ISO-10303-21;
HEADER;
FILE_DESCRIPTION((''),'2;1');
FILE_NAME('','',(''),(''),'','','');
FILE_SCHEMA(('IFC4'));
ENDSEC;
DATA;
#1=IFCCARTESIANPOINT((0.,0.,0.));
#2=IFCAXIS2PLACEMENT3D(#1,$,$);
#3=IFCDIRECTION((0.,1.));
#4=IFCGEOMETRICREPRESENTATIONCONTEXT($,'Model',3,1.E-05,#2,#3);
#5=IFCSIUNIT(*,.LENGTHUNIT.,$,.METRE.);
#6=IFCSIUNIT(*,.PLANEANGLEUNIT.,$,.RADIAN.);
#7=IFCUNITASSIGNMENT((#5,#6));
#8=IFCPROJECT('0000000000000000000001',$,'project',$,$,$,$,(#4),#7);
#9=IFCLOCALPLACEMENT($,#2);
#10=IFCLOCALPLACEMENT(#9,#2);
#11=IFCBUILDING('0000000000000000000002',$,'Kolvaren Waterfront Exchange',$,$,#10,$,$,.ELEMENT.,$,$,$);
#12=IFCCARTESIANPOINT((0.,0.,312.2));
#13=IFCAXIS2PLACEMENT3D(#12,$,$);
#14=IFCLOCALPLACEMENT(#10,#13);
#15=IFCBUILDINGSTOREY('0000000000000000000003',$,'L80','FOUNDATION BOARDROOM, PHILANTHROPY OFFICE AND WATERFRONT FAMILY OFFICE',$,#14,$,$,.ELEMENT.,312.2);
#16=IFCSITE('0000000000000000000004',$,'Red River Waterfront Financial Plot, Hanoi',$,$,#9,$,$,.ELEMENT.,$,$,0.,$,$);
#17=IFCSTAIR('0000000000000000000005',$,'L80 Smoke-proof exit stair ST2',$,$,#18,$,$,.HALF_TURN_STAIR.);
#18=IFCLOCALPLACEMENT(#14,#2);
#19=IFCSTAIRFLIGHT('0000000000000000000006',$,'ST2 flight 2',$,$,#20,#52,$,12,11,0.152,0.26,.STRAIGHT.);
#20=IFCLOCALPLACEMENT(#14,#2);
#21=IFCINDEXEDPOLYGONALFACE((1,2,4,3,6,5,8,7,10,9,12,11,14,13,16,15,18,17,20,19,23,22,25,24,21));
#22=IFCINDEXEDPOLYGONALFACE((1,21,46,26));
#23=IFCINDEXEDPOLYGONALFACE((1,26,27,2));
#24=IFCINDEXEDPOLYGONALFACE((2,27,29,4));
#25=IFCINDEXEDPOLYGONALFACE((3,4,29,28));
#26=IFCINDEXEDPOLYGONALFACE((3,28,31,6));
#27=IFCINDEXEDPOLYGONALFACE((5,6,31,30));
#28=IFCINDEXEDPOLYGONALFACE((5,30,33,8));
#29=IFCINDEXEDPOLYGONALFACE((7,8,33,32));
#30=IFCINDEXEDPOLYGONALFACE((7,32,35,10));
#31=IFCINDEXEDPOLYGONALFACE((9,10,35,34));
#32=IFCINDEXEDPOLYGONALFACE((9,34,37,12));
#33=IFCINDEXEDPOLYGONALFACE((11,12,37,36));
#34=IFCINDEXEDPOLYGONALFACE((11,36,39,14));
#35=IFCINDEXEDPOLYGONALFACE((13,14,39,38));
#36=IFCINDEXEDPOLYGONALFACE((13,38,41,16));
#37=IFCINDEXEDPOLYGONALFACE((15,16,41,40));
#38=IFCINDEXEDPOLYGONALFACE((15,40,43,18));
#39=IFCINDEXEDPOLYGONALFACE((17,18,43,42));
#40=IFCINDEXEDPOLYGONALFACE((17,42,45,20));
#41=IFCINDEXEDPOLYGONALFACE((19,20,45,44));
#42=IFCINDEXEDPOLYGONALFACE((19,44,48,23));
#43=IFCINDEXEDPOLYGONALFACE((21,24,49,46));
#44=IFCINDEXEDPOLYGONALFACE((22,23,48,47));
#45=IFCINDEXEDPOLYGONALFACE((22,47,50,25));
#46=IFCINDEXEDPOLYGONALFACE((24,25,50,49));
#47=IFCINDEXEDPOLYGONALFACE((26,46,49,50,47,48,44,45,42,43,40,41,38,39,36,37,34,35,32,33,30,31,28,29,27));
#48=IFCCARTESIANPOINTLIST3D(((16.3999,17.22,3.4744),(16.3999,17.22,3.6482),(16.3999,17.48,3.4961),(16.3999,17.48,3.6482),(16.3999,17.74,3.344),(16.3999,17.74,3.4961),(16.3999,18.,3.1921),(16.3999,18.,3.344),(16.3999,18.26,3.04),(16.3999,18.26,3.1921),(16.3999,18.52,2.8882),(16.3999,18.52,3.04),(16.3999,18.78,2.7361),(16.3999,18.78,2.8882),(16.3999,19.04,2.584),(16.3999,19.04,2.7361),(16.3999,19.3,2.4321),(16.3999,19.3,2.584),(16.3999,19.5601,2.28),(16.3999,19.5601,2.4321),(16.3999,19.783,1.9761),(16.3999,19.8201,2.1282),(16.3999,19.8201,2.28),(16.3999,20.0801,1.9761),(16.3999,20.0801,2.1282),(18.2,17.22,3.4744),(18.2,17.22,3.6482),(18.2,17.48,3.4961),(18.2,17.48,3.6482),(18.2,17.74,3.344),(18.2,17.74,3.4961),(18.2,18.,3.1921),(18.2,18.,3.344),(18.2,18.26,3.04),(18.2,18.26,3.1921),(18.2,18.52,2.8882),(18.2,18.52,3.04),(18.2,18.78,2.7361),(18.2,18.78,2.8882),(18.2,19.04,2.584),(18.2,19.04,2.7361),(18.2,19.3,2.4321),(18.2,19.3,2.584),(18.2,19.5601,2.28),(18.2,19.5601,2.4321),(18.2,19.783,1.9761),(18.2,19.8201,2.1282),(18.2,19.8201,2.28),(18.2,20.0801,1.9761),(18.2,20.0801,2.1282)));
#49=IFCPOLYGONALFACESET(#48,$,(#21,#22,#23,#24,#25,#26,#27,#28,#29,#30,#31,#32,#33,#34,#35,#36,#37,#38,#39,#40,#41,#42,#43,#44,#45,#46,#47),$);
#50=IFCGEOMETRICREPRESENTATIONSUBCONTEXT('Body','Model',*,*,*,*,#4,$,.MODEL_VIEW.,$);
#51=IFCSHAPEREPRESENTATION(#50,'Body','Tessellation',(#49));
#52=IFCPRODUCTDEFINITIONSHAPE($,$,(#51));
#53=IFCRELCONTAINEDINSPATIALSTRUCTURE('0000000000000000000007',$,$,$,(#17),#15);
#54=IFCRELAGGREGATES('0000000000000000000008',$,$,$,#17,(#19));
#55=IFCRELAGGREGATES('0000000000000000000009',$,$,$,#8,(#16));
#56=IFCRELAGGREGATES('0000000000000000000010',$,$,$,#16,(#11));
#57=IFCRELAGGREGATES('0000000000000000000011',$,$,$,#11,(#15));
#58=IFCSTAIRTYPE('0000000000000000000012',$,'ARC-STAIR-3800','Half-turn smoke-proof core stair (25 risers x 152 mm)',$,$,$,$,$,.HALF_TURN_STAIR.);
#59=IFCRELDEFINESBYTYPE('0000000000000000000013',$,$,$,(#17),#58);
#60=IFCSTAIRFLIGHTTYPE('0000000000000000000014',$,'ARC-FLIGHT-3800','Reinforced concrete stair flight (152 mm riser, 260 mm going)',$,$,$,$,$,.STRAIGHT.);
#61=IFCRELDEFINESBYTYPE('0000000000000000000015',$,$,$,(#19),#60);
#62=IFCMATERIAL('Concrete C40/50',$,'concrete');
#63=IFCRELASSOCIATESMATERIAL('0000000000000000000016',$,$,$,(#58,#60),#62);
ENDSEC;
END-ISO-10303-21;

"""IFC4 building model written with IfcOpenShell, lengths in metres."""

from ifc_helpers import new_model, si_unit, direction, frame, origin, place, context, subcontext, project, spatial, polyline, outline, extrude, material, type_object, element, aggregate, save


model = new_model("IFC4")

# Units and contexts
model_context = context("Model", 3, precision=1e-05, world=origin(), true_north=direction((0.0, 1.0)))
body_context = subcontext(model_context, "Body", "Model", "MODEL_VIEW")
ifc_project = project(units=[si_unit("LENGTHUNIT", "METRE"), si_unit("PLANEANGLEUNIT", "RADIAN")], contexts=[model_context])

# Site, building, storey
site_placement = place(None, origin())
site = spatial("IfcSite", under=ifc_project, at=site_placement, Name="Red River Waterfront Financial Plot, Hanoi", CompositionType="ELEMENT", RefElevation=0.0)
building_placement = place(site_placement, origin())
building = spatial("IfcBuilding", under=site, at=building_placement, Name="Kolvaren Waterfront Exchange", CompositionType="ELEMENT")
storey_placement = place(building_placement, frame((0.0, 0.0, 312.2)))
storey = spatial("IfcBuildingStorey", under=building, at=storey_placement, Name="L80", Description="FOUNDATION BOARDROOM, PHILANTHROPY OFFICE AND WATERFRONT FAMILY OFFICE", CompositionType="ELEMENT", Elevation=312.2)

# Stair, stair flight
ifc_material_1 = material(Name="Concrete C40/50", Category="concrete")
stair_type = type_object("IfcStairType", Name="ARC-STAIR-3800", Description="Half-turn smoke-proof core stair (25 risers x 152 mm)", PredefinedType="HALF_TURN_STAIR", material=ifc_material_1)
stair_placement = place(storey_placement, origin())
stair = element("IfcStair", 1, at=stair_placement, inside=storey, type_object=stair_type, Name="L80 Smoke-proof exit stair ST2", PredefinedType="HALF_TURN_STAIR")
stair_flight_type = type_object("IfcStairFlightType", Name="ARC-FLIGHT-3800", Description="Reinforced concrete stair flight (152 mm riser, 260 mm going)", PredefinedType="STRAIGHT", material=ifc_material_1)
stair_flight_placement = place(storey_placement, frame((17.3, 20.0801, 1.9761), z_axis=(0.0, 0.0, 1.0), x_axis=(0.0, -1.0, 0.0)))
stair_flight = element("IfcStairFlight", 2, at=stair_flight_placement, type_object=stair_flight_type, Name="ST2 flight 2", NumberOfRisers=12, NumberOfTreads=11, PredefinedType="STRAIGHT", RiserHeight=0.152, TreadLength=0.26, context=body_context, shape_type="SweptSolid", body=[
    extrude(outline(polyline([(0.0, 0.0), (0.0, 0.1521), (0.26, 0.1521), (0.26, 0.304), (0.52, 0.304), (0.52, 0.4561), (0.78, 0.4561), (0.78, 0.6079), (1.04, 0.6079), (1.04, 0.76), (1.3, 0.76), (1.3, 0.9121), (1.5601, 0.9121), (1.5601, 1.064), (1.8201, 1.064), (1.8201, 1.2161), (2.0801, 1.2161), (2.0801, 1.3679), (2.3401, 1.3679), (2.3401, 1.52), (2.6001, 1.52), (2.6001, 1.6721), (2.8601, 1.6721), (2.8601, 1.824), (2.8601, 1.4983), (0.2971, 0.0), (0.0, 0.0)])), frame((0.0, 0.8999, 0.0), z_axis=(0.0, -1.0, 0.0), x_axis=(1.0, 0.0, 0.0)), (0.0, 0.0, 1.0), 1.8),
])
aggregate(stair, [stair_flight])

save(model, "model.ifc")
